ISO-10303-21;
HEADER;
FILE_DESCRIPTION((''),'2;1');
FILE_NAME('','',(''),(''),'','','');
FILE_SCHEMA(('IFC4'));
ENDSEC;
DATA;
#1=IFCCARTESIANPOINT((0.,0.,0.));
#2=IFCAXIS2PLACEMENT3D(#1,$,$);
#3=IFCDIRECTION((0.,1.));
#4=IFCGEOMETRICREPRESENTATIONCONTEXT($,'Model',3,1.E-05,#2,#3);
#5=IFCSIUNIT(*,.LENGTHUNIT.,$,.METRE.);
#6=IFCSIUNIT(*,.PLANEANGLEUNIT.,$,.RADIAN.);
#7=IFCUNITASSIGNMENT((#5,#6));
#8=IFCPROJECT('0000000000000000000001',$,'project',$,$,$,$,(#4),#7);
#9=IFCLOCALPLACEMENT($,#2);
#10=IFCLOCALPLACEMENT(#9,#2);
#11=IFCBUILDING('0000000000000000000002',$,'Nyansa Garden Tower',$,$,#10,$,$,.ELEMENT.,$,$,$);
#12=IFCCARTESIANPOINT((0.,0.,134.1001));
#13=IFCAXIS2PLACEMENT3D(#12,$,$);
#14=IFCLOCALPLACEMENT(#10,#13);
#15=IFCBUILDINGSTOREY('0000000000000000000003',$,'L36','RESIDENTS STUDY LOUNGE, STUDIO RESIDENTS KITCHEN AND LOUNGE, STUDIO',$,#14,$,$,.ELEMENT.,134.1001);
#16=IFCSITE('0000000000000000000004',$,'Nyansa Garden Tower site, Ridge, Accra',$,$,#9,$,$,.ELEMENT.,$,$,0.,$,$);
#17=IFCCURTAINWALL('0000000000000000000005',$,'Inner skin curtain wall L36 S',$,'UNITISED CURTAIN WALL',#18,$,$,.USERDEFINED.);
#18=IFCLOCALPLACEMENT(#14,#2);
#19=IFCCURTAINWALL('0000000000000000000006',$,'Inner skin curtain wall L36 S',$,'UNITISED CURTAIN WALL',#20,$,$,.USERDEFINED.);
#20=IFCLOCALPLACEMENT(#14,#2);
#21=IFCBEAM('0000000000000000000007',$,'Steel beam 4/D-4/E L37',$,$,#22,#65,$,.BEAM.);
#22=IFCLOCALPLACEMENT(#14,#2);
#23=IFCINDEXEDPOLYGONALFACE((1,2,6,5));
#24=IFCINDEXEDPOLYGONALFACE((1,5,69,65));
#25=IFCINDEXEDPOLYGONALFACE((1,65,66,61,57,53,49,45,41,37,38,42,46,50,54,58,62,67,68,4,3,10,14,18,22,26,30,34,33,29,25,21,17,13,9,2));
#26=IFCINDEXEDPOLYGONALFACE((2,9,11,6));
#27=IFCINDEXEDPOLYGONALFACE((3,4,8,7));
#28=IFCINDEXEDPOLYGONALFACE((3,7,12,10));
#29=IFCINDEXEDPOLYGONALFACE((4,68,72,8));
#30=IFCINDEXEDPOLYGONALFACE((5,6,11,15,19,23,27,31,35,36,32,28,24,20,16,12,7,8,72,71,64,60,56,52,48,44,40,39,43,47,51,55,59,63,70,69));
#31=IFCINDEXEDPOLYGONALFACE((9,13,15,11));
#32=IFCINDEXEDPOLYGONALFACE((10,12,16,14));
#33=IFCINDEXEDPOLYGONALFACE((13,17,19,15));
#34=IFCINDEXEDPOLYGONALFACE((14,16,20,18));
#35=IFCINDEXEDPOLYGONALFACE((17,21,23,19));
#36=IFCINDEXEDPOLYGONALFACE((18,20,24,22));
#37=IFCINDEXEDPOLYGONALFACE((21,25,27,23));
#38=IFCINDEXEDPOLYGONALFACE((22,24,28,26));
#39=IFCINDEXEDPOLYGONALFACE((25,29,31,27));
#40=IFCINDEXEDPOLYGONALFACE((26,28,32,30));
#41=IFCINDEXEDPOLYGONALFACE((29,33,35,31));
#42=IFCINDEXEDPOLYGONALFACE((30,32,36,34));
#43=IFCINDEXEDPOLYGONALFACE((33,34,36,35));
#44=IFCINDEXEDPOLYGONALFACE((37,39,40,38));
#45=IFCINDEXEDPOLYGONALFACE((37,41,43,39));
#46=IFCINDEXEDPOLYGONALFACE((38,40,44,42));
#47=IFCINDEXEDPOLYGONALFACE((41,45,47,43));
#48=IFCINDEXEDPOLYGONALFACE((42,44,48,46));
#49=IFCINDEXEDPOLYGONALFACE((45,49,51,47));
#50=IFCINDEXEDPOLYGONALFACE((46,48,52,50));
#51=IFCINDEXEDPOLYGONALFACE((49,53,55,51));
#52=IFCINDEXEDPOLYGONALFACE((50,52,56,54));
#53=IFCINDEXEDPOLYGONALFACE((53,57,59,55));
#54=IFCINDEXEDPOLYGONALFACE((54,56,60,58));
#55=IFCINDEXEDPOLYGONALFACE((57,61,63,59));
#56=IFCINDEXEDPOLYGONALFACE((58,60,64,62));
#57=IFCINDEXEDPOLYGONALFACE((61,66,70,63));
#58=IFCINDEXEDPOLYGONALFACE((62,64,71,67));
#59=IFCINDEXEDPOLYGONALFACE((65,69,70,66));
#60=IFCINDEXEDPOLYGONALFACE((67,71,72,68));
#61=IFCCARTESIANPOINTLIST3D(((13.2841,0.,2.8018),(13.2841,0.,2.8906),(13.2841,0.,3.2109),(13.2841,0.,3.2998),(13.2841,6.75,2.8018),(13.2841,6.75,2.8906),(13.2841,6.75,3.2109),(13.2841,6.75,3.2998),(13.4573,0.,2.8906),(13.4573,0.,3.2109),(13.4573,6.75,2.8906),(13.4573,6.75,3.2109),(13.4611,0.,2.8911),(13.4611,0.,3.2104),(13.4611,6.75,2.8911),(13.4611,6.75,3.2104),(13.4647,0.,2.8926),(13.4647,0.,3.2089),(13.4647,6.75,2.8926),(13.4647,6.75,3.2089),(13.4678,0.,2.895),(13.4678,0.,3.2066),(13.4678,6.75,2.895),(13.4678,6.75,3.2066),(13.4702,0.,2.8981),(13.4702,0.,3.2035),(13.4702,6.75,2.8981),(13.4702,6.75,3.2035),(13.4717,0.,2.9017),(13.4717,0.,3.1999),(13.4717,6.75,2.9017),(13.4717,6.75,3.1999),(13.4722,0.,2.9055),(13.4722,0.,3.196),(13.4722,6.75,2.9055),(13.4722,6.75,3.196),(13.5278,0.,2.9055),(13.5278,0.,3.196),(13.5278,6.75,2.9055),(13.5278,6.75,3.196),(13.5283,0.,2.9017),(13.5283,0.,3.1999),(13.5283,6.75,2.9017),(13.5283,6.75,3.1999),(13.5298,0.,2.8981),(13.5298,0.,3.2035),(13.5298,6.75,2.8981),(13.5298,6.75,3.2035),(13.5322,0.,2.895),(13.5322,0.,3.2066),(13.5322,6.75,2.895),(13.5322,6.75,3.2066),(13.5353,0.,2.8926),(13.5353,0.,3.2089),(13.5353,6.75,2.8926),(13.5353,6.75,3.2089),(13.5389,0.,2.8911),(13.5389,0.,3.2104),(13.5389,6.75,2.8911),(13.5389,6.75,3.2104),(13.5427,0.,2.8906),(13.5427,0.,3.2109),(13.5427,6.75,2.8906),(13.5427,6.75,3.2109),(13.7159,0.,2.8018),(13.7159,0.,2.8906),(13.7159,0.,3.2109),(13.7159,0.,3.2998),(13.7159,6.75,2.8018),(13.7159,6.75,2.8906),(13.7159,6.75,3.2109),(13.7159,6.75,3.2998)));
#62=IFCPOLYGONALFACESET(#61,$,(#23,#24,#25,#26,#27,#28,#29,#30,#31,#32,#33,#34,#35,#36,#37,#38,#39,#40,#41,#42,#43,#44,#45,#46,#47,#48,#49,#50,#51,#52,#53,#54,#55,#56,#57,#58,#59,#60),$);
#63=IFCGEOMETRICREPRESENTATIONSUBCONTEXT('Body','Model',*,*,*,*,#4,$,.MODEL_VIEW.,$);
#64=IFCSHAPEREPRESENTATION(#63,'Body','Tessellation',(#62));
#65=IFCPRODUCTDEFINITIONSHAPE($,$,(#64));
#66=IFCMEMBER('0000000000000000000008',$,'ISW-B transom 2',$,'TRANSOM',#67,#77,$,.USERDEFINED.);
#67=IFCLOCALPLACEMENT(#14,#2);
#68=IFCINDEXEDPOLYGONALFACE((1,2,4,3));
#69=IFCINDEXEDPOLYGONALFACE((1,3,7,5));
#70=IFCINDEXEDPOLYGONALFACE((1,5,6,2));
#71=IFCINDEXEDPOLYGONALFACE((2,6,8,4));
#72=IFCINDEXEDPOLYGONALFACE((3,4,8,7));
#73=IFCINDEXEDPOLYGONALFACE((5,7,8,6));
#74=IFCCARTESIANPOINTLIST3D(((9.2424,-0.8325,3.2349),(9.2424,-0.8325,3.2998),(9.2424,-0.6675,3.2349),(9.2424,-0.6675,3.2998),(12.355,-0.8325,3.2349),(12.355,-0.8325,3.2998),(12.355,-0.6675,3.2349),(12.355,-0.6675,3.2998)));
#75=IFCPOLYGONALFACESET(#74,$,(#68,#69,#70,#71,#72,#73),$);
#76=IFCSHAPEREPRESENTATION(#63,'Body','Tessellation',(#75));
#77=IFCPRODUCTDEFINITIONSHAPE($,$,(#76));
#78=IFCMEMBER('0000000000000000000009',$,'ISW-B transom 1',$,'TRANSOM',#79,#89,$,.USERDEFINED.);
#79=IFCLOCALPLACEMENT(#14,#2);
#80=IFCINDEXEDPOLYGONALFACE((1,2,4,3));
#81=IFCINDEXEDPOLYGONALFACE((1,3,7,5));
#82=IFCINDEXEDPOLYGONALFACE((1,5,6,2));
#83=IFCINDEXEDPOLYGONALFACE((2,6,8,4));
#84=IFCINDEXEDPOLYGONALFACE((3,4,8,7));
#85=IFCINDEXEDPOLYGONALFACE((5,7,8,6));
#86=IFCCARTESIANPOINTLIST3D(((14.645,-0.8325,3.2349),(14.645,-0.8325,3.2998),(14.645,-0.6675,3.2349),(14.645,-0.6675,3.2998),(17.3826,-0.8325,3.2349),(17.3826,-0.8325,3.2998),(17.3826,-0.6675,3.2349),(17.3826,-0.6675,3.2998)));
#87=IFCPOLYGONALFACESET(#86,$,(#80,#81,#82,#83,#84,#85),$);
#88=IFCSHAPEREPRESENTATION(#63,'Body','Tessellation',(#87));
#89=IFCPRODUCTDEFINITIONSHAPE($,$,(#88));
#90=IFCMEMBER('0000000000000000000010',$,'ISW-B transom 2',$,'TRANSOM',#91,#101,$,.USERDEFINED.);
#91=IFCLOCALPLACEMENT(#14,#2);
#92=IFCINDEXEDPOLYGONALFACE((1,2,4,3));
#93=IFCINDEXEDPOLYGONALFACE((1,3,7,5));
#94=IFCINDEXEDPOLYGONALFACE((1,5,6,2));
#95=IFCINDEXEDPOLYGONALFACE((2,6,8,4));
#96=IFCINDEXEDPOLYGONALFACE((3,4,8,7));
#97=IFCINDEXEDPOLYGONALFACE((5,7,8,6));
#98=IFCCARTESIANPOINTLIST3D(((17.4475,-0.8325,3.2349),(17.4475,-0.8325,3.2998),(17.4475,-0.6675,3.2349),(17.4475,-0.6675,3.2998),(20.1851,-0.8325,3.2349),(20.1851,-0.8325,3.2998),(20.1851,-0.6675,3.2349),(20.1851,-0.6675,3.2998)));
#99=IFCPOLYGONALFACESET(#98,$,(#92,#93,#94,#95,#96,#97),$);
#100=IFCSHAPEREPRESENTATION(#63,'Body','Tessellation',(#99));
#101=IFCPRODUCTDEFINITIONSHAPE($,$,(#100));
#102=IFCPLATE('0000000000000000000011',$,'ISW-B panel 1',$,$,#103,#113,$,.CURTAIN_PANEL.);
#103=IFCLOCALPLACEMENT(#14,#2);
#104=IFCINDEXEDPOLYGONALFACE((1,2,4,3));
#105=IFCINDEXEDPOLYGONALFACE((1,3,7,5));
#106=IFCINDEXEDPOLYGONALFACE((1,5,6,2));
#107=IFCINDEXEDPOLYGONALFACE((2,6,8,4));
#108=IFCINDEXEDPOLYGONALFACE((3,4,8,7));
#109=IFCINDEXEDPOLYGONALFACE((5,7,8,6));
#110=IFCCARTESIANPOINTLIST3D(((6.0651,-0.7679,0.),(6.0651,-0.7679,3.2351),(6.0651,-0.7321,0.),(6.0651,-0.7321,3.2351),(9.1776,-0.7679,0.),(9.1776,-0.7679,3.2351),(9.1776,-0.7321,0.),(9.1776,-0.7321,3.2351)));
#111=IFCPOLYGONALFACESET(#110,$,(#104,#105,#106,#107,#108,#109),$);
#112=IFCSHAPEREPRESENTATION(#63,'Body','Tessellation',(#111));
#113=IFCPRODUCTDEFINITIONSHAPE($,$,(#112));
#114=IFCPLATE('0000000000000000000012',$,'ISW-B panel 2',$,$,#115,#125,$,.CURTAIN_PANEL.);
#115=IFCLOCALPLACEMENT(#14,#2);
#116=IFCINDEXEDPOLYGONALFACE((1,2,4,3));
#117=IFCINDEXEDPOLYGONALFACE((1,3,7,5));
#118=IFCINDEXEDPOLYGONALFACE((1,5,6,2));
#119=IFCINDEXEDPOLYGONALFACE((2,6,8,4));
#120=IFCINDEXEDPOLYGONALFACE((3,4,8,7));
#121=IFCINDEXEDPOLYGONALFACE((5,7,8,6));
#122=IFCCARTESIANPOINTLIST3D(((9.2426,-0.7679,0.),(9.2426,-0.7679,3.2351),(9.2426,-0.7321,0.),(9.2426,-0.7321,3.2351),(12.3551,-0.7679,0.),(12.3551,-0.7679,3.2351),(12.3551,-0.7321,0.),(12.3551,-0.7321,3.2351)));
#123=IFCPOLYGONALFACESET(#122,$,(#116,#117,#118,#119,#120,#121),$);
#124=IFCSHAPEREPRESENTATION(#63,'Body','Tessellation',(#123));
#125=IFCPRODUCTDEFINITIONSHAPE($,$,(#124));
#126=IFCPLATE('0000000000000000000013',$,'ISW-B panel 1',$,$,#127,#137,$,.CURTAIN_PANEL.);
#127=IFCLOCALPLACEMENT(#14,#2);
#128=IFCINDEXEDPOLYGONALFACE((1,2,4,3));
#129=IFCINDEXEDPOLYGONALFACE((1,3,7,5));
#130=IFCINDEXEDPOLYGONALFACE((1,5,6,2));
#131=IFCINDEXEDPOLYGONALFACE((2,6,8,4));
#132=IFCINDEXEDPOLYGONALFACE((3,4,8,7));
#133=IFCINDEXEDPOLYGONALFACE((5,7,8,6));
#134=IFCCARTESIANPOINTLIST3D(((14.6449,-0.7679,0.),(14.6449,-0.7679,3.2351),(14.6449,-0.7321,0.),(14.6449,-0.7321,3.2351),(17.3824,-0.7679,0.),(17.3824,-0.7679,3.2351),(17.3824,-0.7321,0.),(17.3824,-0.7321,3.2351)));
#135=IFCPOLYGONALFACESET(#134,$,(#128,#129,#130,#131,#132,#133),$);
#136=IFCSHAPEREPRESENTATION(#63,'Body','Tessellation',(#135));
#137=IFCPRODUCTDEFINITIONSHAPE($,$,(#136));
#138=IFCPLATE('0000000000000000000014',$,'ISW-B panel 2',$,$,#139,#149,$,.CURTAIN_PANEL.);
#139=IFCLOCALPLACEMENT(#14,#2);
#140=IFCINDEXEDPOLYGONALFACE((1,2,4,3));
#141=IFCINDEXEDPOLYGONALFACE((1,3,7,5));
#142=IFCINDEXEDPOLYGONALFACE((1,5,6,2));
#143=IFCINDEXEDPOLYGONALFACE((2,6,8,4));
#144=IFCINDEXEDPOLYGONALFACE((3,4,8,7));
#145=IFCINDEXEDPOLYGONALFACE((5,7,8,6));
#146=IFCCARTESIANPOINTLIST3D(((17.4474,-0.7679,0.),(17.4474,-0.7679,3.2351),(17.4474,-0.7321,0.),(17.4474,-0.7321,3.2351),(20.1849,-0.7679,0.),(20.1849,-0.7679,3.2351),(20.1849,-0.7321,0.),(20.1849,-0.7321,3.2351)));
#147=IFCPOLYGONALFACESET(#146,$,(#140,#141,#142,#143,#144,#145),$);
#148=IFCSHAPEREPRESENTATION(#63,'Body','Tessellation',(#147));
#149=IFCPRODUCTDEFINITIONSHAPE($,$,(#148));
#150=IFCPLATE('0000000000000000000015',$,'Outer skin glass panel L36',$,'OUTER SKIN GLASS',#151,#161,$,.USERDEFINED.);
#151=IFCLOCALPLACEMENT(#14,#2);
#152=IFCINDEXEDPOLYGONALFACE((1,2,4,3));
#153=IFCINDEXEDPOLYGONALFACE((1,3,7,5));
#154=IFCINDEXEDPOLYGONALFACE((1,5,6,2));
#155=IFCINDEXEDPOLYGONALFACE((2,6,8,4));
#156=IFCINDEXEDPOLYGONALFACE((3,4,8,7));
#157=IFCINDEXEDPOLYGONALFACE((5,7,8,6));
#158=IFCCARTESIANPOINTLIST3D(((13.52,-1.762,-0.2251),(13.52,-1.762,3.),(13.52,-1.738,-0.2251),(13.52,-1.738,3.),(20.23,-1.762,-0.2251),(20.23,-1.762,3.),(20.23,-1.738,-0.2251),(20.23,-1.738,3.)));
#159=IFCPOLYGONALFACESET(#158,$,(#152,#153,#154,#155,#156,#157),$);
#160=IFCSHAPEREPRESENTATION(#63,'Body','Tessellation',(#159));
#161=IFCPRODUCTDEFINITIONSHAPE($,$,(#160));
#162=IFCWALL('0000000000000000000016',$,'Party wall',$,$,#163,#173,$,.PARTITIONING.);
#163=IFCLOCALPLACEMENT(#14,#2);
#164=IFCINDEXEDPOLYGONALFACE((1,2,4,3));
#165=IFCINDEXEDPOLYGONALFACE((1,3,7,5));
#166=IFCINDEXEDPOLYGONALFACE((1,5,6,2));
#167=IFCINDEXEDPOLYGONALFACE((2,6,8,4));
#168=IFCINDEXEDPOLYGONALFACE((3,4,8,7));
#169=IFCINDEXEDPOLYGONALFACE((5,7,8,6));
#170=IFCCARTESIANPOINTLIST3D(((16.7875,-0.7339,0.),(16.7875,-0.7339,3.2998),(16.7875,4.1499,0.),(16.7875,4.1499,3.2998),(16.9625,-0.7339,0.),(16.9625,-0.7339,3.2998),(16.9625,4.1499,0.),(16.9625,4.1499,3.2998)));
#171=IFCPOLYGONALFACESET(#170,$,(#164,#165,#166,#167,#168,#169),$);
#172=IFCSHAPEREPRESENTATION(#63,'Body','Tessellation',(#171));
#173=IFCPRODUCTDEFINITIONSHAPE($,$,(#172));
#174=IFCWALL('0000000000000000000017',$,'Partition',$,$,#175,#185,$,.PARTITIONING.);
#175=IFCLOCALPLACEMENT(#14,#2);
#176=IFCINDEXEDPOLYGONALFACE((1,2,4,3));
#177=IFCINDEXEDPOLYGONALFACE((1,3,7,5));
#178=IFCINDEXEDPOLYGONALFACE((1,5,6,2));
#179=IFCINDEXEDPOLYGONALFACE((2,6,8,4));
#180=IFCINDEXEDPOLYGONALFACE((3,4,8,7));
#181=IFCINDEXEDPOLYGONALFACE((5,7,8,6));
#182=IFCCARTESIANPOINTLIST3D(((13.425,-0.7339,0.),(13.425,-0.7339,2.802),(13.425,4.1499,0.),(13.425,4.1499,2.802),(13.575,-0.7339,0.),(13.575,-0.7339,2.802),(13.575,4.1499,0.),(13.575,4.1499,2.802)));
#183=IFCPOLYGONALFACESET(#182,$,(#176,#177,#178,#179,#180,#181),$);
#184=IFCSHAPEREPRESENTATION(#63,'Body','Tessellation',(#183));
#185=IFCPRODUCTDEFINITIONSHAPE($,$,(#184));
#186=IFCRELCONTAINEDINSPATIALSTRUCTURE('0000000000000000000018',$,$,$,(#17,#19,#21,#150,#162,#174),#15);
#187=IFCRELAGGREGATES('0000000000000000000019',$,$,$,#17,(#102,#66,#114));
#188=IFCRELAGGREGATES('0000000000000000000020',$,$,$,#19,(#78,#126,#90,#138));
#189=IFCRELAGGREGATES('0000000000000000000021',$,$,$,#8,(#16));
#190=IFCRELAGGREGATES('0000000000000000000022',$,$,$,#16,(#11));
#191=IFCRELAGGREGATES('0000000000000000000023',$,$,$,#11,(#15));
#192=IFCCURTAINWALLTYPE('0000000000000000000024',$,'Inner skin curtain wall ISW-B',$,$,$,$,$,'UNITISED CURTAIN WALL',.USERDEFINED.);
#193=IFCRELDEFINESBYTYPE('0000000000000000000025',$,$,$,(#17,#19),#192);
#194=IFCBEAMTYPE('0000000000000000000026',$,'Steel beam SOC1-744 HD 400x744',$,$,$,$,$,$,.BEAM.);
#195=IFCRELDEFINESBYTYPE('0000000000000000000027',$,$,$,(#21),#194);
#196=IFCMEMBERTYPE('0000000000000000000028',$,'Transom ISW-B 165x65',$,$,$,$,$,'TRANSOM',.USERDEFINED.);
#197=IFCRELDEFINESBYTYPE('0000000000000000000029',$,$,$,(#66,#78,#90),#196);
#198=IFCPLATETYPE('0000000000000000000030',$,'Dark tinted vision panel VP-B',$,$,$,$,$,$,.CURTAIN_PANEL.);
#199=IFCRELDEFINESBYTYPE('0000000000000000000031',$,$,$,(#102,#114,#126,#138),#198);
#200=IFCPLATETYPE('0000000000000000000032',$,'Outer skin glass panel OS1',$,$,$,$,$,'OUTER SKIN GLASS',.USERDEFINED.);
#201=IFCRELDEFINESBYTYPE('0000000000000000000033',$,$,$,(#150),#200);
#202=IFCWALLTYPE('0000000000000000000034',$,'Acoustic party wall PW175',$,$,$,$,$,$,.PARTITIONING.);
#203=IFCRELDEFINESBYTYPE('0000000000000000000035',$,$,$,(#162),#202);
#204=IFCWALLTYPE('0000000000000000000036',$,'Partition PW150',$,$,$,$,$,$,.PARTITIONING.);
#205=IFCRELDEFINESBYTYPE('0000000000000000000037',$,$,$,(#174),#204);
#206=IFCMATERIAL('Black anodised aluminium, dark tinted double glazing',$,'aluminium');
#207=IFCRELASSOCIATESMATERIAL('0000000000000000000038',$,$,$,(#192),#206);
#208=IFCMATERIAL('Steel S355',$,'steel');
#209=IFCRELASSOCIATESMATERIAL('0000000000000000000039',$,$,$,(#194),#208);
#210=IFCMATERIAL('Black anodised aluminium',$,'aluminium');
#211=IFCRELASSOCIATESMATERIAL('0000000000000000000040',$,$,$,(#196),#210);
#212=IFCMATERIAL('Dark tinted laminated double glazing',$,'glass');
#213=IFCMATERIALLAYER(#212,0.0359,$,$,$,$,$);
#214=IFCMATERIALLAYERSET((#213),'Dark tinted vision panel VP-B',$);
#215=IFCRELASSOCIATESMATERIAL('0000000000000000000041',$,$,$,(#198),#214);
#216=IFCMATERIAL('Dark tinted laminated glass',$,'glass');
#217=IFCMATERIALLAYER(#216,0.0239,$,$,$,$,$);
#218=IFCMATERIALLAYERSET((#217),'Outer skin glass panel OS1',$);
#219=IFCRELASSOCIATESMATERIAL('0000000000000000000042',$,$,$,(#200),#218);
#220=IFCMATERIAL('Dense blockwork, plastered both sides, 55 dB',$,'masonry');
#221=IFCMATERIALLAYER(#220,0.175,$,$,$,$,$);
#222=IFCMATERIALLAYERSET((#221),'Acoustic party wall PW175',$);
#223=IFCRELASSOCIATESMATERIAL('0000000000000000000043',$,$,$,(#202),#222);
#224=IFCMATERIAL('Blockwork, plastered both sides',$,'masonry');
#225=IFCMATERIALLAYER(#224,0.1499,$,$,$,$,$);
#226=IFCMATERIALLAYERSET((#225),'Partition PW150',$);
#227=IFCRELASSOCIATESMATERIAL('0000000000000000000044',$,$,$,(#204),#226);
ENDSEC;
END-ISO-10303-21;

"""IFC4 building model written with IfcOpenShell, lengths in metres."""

from ifc_helpers import new_model, si_unit, direction, frame, frame_2d, origin, origin_2d, place, context, subcontext, project, spatial, rectangle, i_section, extrude, material, layer, layer_set, material_profile, profile_set, type_object, element, aggregate, save


model = new_model("IFC4")

# Units and contexts
model_context = context("Model", 3, precision=1e-05, world=origin(), true_north=direction((0.0, 1.0)))
body_context = subcontext(model_context, "Body", "Model", "MODEL_VIEW")
ifc_project = project(units=[si_unit("LENGTHUNIT", "METRE"), si_unit("PLANEANGLEUNIT", "RADIAN")], contexts=[model_context])

# Site, building, storey
site_placement = place(None, origin())
site = spatial("IfcSite", under=ifc_project, at=site_placement, Name="Nyansa Garden Tower site, Ridge, Accra", CompositionType="ELEMENT", RefElevation=0.0)
building_placement = place(site_placement, origin())
building = spatial("IfcBuilding", under=site, at=building_placement, Name="Nyansa Garden Tower", CompositionType="ELEMENT")
storey_placement = place(building_placement, frame((0.0, 0.0, 134.1001)))
storey = spatial("IfcBuildingStorey", under=building, at=storey_placement, Name="L36", Description="RESIDENTS STUDY LOUNGE, STUDIO RESIDENTS KITCHEN AND LOUNGE, STUDIO", CompositionType="ELEMENT", Elevation=134.1001)

# Curtain walls
ifc_material_1 = material(Name="Black anodised aluminium, dark tinted double glazing", Category="aluminium")
curtain_wall_type = type_object("IfcCurtainWallType", Name="Inner skin curtain wall ISW-B", ElementType="UNITISED CURTAIN WALL", PredefinedType="USERDEFINED", material=ifc_material_1)
curtain_wall_1_placement = place(storey_placement, origin())
curtain_wall_1 = element("IfcCurtainWall", 1, at=curtain_wall_1_placement, inside=storey, type_object=curtain_wall_type, Name="Inner skin curtain wall L36 S", ObjectType="UNITISED CURTAIN WALL", PredefinedType="USERDEFINED")
curtain_wall_2_placement = place(storey_placement, origin())
curtain_wall_2 = element("IfcCurtainWall", 2, at=curtain_wall_2_placement, inside=storey, type_object=curtain_wall_type, Name="Inner skin curtain wall L36 S", ObjectType="UNITISED CURTAIN WALL", PredefinedType="USERDEFINED")

# Beam
ifc_material_2 = material(Name="Steel S355", Category="steel")
ifc_material_profile_1 = material_profile(ifc_material_2, i_section(OverallWidth=0.4319, OverallDepth=0.498, WebThickness=0.0557, FlangeThickness=0.0889, FilletRadius=0.0149, at=origin_2d()), Name="HD 400x744")
ifc_profile_set_1 = profile_set([ifc_material_profile_1], Name="Steel S355")
beam_type_1 = type_object("IfcBeamType", Name="Steel beam SOC1-744 HD 400x744", PredefinedType="BEAM", material=ifc_profile_set_1)
beam_1_placement = place(storey_placement, frame((13.5, 0.0, 3.0508), z_axis=(0.0, 1.0, 0.0), x_axis=(-1.0, 0.0, 0.0)))
element("IfcBeam", 3, at=beam_1_placement, inside=storey, type_object=beam_type_1, Name="Steel beam 4/D-4/E L37", PredefinedType="BEAM", context=body_context, shape_type="SweptSolid", body=[
    extrude(i_section(OverallWidth=0.4319, OverallDepth=0.498, WebThickness=0.0557, FlangeThickness=0.0889, FilletRadius=0.0149, at=origin_2d()), origin(), (0.0, 0.0, 1.0), 6.75),
])

# Members
ifc_material_3 = material(Name="Black anodised aluminium", Category="aluminium")
ifc_material_profile_2 = material_profile(ifc_material_3, rectangle(XDim=0.165, YDim=0.0649, at=origin_2d()), Name="Transom 165x65")
ifc_profile_set_2 = profile_set([ifc_material_profile_2], Name="Black anodised aluminium")
member_type_1 = type_object("IfcMemberType", Name="Transom ISW-B 165x65", ElementType="TRANSOM", PredefinedType="USERDEFINED", material=ifc_profile_set_2)
member_1_placement = place(storey_placement, frame((9.2424, -0.75, 3.2673), z_axis=(1.0, 0.0, 0.0), x_axis=(0.0, 1.0, 0.0)))
member_1 = element("IfcMember", 4, at=member_1_placement, type_object=member_type_1, Name="ISW-B transom 2", ObjectType="TRANSOM", PredefinedType="USERDEFINED", context=body_context, shape_type="SweptSolid", body=[
    extrude(rectangle(XDim=0.165, YDim=0.0649, at=origin_2d()), origin(), (0.0, 0.0, 1.0), 3.1125),
])
member_2_placement = place(storey_placement, frame((14.645, -0.75, 3.2673), z_axis=(1.0, 0.0, 0.0), x_axis=(0.0, 1.0, 0.0)))
member_2 = element("IfcMember", 5, at=member_2_placement, type_object=member_type_1, Name="ISW-B transom 1", ObjectType="TRANSOM", PredefinedType="USERDEFINED", context=body_context, shape_type="SweptSolid", body=[
    extrude(rectangle(XDim=0.165, YDim=0.0649, at=origin_2d()), origin(), (0.0, 0.0, 1.0), 2.7375),
])
member_3_placement = place(storey_placement, frame((17.4475, -0.75, 3.2673), z_axis=(1.0, 0.0, 0.0), x_axis=(0.0, 1.0, 0.0)))
member_3 = element("IfcMember", 6, at=member_3_placement, type_object=member_type_1, Name="ISW-B transom 2", ObjectType="TRANSOM", PredefinedType="USERDEFINED", context=body_context, shape_type="SweptSolid", body=[
    extrude(rectangle(XDim=0.165, YDim=0.0649, at=origin_2d()), origin(), (0.0, 0.0, 1.0), 2.7375),
])

# Plates
ifc_material_4 = material(Name="Dark tinted laminated double glazing", Category="glass")
ifc_layer_1 = layer(ifc_material_4, 0.0359)
ifc_layer_set_1 = layer_set([ifc_layer_1], Name="Dark tinted vision panel VP-B")
plate_type_1 = type_object("IfcPlateType", Name="Dark tinted vision panel VP-B", PredefinedType="CURTAIN_PANEL", material=ifc_layer_set_1)
plate_1_placement = place(storey_placement, frame((7.6213, -0.75, 0.0), z_axis=(0.0, 0.0, 1.0), x_axis=(1.0, 0.0, 0.0)))
plate_1 = element("IfcPlate", 7, at=plate_1_placement, type_object=plate_type_1, Name="ISW-B panel 1", PredefinedType="CURTAIN_PANEL", context=body_context, shape_type="SweptSolid", body=[
    extrude(rectangle(XDim=3.1125, YDim=0.0359, at=origin_2d()), origin(), (0.0, 0.0, 1.0), 3.2351),
])
plate_2_placement = place(storey_placement, frame((10.7988, -0.75, 0.0), z_axis=(0.0, 0.0, 1.0), x_axis=(1.0, 0.0, 0.0)))
plate_2 = element("IfcPlate", 8, at=plate_2_placement, type_object=plate_type_1, Name="ISW-B panel 2", PredefinedType="CURTAIN_PANEL", context=body_context, shape_type="SweptSolid", body=[
    extrude(rectangle(XDim=3.1125, YDim=0.0359, at=origin_2d()), origin(), (0.0, 0.0, 1.0), 3.2351),
])
aggregate(curtain_wall_1, [plate_1, member_1, plate_2])
plate_3_placement = place(storey_placement, frame((16.0137, -0.75, 0.0), z_axis=(0.0, 0.0, 1.0), x_axis=(1.0, 0.0, 0.0)))
plate_3 = element("IfcPlate", 9, at=plate_3_placement, type_object=plate_type_1, Name="ISW-B panel 1", PredefinedType="CURTAIN_PANEL", context=body_context, shape_type="SweptSolid", body=[
    extrude(rectangle(XDim=2.7375, YDim=0.0359, at=origin_2d()), origin(), (0.0, 0.0, 1.0), 3.2351),
])
plate_4_placement = place(storey_placement, frame((18.8162, -0.75, 0.0), z_axis=(0.0, 0.0, 1.0), x_axis=(1.0, 0.0, 0.0)))
plate_4 = element("IfcPlate", 10, at=plate_4_placement, type_object=plate_type_1, Name="ISW-B panel 2", PredefinedType="CURTAIN_PANEL", context=body_context, shape_type="SweptSolid", body=[
    extrude(rectangle(XDim=2.7375, YDim=0.0359, at=origin_2d()), origin(), (0.0, 0.0, 1.0), 3.2351),
])
aggregate(curtain_wall_2, [member_2, plate_3, member_3, plate_4])
ifc_material_5 = material(Name="Dark tinted laminated glass", Category="glass")
ifc_layer_2 = layer(ifc_material_5, 0.0239)
ifc_layer_set_2 = layer_set([ifc_layer_2], Name="Outer skin glass panel OS1")
plate_type_2 = type_object("IfcPlateType", Name="Outer skin glass panel OS1", ElementType="OUTER SKIN GLASS", PredefinedType="USERDEFINED", material=ifc_layer_set_2)
plate_5_placement = place(storey_placement, frame((16.875, -1.75, -0.2251), z_axis=(0.0, 0.0, 1.0), x_axis=(1.0, 0.0, 0.0)))
element("IfcPlate", 11, at=plate_5_placement, inside=storey, type_object=plate_type_2, Name="Outer skin glass panel L36", ObjectType="OUTER SKIN GLASS", PredefinedType="USERDEFINED", context=body_context, shape_type="SweptSolid", body=[
    extrude(rectangle(XDim=6.71, YDim=0.0239, at=origin_2d()), origin(), (0.0, 0.0, 1.0), 3.2251),
])

# Walls
ifc_material_6 = material(Name="Dense blockwork, plastered both sides, 55 dB", Category="masonry")
ifc_layer_3 = layer(ifc_material_6, 0.175)
ifc_layer_set_3 = layer_set([ifc_layer_3], Name="Acoustic party wall PW175")
wall_type_1 = type_object("IfcWallType", Name="Acoustic party wall PW175", PredefinedType="PARTITIONING", material=ifc_layer_set_3)
wall_1_placement = place(storey_placement, frame((16.875, -0.7339, 0.0), z_axis=(0.0, 0.0, 1.0), x_axis=(0.0, 1.0, 0.0)))
element("IfcWall", 12, at=wall_1_placement, inside=storey, type_object=wall_type_1, Name="Party wall", PredefinedType="PARTITIONING", context=body_context, shape_type="SweptSolid", body=[
    extrude(rectangle(XDim=4.8838, YDim=0.175, at=frame_2d((2.4419, 0.0))), origin(), (0.0, 0.0, 1.0), 3.2998),
])
ifc_material_7 = material(Name="Blockwork, plastered both sides", Category="masonry")
ifc_layer_4 = layer(ifc_material_7, 0.1499)
ifc_layer_set_4 = layer_set([ifc_layer_4], Name="Partition PW150")
wall_type_2 = type_object("IfcWallType", Name="Partition PW150", PredefinedType="PARTITIONING", material=ifc_layer_set_4)
wall_2_placement = place(storey_placement, frame((13.5, -0.7339, 0.0), z_axis=(0.0, 0.0, 1.0), x_axis=(0.0, 1.0, 0.0)))
element("IfcWall", 13, at=wall_2_placement, inside=storey, type_object=wall_type_2, Name="Partition", PredefinedType="PARTITIONING", context=body_context, shape_type="SweptSolid", body=[
    extrude(rectangle(XDim=4.8838, YDim=0.1499, at=frame_2d((2.4419, 0.0))), origin(), (0.0, 0.0, 1.0), 2.802),
])

save(model, "model.ifc")
